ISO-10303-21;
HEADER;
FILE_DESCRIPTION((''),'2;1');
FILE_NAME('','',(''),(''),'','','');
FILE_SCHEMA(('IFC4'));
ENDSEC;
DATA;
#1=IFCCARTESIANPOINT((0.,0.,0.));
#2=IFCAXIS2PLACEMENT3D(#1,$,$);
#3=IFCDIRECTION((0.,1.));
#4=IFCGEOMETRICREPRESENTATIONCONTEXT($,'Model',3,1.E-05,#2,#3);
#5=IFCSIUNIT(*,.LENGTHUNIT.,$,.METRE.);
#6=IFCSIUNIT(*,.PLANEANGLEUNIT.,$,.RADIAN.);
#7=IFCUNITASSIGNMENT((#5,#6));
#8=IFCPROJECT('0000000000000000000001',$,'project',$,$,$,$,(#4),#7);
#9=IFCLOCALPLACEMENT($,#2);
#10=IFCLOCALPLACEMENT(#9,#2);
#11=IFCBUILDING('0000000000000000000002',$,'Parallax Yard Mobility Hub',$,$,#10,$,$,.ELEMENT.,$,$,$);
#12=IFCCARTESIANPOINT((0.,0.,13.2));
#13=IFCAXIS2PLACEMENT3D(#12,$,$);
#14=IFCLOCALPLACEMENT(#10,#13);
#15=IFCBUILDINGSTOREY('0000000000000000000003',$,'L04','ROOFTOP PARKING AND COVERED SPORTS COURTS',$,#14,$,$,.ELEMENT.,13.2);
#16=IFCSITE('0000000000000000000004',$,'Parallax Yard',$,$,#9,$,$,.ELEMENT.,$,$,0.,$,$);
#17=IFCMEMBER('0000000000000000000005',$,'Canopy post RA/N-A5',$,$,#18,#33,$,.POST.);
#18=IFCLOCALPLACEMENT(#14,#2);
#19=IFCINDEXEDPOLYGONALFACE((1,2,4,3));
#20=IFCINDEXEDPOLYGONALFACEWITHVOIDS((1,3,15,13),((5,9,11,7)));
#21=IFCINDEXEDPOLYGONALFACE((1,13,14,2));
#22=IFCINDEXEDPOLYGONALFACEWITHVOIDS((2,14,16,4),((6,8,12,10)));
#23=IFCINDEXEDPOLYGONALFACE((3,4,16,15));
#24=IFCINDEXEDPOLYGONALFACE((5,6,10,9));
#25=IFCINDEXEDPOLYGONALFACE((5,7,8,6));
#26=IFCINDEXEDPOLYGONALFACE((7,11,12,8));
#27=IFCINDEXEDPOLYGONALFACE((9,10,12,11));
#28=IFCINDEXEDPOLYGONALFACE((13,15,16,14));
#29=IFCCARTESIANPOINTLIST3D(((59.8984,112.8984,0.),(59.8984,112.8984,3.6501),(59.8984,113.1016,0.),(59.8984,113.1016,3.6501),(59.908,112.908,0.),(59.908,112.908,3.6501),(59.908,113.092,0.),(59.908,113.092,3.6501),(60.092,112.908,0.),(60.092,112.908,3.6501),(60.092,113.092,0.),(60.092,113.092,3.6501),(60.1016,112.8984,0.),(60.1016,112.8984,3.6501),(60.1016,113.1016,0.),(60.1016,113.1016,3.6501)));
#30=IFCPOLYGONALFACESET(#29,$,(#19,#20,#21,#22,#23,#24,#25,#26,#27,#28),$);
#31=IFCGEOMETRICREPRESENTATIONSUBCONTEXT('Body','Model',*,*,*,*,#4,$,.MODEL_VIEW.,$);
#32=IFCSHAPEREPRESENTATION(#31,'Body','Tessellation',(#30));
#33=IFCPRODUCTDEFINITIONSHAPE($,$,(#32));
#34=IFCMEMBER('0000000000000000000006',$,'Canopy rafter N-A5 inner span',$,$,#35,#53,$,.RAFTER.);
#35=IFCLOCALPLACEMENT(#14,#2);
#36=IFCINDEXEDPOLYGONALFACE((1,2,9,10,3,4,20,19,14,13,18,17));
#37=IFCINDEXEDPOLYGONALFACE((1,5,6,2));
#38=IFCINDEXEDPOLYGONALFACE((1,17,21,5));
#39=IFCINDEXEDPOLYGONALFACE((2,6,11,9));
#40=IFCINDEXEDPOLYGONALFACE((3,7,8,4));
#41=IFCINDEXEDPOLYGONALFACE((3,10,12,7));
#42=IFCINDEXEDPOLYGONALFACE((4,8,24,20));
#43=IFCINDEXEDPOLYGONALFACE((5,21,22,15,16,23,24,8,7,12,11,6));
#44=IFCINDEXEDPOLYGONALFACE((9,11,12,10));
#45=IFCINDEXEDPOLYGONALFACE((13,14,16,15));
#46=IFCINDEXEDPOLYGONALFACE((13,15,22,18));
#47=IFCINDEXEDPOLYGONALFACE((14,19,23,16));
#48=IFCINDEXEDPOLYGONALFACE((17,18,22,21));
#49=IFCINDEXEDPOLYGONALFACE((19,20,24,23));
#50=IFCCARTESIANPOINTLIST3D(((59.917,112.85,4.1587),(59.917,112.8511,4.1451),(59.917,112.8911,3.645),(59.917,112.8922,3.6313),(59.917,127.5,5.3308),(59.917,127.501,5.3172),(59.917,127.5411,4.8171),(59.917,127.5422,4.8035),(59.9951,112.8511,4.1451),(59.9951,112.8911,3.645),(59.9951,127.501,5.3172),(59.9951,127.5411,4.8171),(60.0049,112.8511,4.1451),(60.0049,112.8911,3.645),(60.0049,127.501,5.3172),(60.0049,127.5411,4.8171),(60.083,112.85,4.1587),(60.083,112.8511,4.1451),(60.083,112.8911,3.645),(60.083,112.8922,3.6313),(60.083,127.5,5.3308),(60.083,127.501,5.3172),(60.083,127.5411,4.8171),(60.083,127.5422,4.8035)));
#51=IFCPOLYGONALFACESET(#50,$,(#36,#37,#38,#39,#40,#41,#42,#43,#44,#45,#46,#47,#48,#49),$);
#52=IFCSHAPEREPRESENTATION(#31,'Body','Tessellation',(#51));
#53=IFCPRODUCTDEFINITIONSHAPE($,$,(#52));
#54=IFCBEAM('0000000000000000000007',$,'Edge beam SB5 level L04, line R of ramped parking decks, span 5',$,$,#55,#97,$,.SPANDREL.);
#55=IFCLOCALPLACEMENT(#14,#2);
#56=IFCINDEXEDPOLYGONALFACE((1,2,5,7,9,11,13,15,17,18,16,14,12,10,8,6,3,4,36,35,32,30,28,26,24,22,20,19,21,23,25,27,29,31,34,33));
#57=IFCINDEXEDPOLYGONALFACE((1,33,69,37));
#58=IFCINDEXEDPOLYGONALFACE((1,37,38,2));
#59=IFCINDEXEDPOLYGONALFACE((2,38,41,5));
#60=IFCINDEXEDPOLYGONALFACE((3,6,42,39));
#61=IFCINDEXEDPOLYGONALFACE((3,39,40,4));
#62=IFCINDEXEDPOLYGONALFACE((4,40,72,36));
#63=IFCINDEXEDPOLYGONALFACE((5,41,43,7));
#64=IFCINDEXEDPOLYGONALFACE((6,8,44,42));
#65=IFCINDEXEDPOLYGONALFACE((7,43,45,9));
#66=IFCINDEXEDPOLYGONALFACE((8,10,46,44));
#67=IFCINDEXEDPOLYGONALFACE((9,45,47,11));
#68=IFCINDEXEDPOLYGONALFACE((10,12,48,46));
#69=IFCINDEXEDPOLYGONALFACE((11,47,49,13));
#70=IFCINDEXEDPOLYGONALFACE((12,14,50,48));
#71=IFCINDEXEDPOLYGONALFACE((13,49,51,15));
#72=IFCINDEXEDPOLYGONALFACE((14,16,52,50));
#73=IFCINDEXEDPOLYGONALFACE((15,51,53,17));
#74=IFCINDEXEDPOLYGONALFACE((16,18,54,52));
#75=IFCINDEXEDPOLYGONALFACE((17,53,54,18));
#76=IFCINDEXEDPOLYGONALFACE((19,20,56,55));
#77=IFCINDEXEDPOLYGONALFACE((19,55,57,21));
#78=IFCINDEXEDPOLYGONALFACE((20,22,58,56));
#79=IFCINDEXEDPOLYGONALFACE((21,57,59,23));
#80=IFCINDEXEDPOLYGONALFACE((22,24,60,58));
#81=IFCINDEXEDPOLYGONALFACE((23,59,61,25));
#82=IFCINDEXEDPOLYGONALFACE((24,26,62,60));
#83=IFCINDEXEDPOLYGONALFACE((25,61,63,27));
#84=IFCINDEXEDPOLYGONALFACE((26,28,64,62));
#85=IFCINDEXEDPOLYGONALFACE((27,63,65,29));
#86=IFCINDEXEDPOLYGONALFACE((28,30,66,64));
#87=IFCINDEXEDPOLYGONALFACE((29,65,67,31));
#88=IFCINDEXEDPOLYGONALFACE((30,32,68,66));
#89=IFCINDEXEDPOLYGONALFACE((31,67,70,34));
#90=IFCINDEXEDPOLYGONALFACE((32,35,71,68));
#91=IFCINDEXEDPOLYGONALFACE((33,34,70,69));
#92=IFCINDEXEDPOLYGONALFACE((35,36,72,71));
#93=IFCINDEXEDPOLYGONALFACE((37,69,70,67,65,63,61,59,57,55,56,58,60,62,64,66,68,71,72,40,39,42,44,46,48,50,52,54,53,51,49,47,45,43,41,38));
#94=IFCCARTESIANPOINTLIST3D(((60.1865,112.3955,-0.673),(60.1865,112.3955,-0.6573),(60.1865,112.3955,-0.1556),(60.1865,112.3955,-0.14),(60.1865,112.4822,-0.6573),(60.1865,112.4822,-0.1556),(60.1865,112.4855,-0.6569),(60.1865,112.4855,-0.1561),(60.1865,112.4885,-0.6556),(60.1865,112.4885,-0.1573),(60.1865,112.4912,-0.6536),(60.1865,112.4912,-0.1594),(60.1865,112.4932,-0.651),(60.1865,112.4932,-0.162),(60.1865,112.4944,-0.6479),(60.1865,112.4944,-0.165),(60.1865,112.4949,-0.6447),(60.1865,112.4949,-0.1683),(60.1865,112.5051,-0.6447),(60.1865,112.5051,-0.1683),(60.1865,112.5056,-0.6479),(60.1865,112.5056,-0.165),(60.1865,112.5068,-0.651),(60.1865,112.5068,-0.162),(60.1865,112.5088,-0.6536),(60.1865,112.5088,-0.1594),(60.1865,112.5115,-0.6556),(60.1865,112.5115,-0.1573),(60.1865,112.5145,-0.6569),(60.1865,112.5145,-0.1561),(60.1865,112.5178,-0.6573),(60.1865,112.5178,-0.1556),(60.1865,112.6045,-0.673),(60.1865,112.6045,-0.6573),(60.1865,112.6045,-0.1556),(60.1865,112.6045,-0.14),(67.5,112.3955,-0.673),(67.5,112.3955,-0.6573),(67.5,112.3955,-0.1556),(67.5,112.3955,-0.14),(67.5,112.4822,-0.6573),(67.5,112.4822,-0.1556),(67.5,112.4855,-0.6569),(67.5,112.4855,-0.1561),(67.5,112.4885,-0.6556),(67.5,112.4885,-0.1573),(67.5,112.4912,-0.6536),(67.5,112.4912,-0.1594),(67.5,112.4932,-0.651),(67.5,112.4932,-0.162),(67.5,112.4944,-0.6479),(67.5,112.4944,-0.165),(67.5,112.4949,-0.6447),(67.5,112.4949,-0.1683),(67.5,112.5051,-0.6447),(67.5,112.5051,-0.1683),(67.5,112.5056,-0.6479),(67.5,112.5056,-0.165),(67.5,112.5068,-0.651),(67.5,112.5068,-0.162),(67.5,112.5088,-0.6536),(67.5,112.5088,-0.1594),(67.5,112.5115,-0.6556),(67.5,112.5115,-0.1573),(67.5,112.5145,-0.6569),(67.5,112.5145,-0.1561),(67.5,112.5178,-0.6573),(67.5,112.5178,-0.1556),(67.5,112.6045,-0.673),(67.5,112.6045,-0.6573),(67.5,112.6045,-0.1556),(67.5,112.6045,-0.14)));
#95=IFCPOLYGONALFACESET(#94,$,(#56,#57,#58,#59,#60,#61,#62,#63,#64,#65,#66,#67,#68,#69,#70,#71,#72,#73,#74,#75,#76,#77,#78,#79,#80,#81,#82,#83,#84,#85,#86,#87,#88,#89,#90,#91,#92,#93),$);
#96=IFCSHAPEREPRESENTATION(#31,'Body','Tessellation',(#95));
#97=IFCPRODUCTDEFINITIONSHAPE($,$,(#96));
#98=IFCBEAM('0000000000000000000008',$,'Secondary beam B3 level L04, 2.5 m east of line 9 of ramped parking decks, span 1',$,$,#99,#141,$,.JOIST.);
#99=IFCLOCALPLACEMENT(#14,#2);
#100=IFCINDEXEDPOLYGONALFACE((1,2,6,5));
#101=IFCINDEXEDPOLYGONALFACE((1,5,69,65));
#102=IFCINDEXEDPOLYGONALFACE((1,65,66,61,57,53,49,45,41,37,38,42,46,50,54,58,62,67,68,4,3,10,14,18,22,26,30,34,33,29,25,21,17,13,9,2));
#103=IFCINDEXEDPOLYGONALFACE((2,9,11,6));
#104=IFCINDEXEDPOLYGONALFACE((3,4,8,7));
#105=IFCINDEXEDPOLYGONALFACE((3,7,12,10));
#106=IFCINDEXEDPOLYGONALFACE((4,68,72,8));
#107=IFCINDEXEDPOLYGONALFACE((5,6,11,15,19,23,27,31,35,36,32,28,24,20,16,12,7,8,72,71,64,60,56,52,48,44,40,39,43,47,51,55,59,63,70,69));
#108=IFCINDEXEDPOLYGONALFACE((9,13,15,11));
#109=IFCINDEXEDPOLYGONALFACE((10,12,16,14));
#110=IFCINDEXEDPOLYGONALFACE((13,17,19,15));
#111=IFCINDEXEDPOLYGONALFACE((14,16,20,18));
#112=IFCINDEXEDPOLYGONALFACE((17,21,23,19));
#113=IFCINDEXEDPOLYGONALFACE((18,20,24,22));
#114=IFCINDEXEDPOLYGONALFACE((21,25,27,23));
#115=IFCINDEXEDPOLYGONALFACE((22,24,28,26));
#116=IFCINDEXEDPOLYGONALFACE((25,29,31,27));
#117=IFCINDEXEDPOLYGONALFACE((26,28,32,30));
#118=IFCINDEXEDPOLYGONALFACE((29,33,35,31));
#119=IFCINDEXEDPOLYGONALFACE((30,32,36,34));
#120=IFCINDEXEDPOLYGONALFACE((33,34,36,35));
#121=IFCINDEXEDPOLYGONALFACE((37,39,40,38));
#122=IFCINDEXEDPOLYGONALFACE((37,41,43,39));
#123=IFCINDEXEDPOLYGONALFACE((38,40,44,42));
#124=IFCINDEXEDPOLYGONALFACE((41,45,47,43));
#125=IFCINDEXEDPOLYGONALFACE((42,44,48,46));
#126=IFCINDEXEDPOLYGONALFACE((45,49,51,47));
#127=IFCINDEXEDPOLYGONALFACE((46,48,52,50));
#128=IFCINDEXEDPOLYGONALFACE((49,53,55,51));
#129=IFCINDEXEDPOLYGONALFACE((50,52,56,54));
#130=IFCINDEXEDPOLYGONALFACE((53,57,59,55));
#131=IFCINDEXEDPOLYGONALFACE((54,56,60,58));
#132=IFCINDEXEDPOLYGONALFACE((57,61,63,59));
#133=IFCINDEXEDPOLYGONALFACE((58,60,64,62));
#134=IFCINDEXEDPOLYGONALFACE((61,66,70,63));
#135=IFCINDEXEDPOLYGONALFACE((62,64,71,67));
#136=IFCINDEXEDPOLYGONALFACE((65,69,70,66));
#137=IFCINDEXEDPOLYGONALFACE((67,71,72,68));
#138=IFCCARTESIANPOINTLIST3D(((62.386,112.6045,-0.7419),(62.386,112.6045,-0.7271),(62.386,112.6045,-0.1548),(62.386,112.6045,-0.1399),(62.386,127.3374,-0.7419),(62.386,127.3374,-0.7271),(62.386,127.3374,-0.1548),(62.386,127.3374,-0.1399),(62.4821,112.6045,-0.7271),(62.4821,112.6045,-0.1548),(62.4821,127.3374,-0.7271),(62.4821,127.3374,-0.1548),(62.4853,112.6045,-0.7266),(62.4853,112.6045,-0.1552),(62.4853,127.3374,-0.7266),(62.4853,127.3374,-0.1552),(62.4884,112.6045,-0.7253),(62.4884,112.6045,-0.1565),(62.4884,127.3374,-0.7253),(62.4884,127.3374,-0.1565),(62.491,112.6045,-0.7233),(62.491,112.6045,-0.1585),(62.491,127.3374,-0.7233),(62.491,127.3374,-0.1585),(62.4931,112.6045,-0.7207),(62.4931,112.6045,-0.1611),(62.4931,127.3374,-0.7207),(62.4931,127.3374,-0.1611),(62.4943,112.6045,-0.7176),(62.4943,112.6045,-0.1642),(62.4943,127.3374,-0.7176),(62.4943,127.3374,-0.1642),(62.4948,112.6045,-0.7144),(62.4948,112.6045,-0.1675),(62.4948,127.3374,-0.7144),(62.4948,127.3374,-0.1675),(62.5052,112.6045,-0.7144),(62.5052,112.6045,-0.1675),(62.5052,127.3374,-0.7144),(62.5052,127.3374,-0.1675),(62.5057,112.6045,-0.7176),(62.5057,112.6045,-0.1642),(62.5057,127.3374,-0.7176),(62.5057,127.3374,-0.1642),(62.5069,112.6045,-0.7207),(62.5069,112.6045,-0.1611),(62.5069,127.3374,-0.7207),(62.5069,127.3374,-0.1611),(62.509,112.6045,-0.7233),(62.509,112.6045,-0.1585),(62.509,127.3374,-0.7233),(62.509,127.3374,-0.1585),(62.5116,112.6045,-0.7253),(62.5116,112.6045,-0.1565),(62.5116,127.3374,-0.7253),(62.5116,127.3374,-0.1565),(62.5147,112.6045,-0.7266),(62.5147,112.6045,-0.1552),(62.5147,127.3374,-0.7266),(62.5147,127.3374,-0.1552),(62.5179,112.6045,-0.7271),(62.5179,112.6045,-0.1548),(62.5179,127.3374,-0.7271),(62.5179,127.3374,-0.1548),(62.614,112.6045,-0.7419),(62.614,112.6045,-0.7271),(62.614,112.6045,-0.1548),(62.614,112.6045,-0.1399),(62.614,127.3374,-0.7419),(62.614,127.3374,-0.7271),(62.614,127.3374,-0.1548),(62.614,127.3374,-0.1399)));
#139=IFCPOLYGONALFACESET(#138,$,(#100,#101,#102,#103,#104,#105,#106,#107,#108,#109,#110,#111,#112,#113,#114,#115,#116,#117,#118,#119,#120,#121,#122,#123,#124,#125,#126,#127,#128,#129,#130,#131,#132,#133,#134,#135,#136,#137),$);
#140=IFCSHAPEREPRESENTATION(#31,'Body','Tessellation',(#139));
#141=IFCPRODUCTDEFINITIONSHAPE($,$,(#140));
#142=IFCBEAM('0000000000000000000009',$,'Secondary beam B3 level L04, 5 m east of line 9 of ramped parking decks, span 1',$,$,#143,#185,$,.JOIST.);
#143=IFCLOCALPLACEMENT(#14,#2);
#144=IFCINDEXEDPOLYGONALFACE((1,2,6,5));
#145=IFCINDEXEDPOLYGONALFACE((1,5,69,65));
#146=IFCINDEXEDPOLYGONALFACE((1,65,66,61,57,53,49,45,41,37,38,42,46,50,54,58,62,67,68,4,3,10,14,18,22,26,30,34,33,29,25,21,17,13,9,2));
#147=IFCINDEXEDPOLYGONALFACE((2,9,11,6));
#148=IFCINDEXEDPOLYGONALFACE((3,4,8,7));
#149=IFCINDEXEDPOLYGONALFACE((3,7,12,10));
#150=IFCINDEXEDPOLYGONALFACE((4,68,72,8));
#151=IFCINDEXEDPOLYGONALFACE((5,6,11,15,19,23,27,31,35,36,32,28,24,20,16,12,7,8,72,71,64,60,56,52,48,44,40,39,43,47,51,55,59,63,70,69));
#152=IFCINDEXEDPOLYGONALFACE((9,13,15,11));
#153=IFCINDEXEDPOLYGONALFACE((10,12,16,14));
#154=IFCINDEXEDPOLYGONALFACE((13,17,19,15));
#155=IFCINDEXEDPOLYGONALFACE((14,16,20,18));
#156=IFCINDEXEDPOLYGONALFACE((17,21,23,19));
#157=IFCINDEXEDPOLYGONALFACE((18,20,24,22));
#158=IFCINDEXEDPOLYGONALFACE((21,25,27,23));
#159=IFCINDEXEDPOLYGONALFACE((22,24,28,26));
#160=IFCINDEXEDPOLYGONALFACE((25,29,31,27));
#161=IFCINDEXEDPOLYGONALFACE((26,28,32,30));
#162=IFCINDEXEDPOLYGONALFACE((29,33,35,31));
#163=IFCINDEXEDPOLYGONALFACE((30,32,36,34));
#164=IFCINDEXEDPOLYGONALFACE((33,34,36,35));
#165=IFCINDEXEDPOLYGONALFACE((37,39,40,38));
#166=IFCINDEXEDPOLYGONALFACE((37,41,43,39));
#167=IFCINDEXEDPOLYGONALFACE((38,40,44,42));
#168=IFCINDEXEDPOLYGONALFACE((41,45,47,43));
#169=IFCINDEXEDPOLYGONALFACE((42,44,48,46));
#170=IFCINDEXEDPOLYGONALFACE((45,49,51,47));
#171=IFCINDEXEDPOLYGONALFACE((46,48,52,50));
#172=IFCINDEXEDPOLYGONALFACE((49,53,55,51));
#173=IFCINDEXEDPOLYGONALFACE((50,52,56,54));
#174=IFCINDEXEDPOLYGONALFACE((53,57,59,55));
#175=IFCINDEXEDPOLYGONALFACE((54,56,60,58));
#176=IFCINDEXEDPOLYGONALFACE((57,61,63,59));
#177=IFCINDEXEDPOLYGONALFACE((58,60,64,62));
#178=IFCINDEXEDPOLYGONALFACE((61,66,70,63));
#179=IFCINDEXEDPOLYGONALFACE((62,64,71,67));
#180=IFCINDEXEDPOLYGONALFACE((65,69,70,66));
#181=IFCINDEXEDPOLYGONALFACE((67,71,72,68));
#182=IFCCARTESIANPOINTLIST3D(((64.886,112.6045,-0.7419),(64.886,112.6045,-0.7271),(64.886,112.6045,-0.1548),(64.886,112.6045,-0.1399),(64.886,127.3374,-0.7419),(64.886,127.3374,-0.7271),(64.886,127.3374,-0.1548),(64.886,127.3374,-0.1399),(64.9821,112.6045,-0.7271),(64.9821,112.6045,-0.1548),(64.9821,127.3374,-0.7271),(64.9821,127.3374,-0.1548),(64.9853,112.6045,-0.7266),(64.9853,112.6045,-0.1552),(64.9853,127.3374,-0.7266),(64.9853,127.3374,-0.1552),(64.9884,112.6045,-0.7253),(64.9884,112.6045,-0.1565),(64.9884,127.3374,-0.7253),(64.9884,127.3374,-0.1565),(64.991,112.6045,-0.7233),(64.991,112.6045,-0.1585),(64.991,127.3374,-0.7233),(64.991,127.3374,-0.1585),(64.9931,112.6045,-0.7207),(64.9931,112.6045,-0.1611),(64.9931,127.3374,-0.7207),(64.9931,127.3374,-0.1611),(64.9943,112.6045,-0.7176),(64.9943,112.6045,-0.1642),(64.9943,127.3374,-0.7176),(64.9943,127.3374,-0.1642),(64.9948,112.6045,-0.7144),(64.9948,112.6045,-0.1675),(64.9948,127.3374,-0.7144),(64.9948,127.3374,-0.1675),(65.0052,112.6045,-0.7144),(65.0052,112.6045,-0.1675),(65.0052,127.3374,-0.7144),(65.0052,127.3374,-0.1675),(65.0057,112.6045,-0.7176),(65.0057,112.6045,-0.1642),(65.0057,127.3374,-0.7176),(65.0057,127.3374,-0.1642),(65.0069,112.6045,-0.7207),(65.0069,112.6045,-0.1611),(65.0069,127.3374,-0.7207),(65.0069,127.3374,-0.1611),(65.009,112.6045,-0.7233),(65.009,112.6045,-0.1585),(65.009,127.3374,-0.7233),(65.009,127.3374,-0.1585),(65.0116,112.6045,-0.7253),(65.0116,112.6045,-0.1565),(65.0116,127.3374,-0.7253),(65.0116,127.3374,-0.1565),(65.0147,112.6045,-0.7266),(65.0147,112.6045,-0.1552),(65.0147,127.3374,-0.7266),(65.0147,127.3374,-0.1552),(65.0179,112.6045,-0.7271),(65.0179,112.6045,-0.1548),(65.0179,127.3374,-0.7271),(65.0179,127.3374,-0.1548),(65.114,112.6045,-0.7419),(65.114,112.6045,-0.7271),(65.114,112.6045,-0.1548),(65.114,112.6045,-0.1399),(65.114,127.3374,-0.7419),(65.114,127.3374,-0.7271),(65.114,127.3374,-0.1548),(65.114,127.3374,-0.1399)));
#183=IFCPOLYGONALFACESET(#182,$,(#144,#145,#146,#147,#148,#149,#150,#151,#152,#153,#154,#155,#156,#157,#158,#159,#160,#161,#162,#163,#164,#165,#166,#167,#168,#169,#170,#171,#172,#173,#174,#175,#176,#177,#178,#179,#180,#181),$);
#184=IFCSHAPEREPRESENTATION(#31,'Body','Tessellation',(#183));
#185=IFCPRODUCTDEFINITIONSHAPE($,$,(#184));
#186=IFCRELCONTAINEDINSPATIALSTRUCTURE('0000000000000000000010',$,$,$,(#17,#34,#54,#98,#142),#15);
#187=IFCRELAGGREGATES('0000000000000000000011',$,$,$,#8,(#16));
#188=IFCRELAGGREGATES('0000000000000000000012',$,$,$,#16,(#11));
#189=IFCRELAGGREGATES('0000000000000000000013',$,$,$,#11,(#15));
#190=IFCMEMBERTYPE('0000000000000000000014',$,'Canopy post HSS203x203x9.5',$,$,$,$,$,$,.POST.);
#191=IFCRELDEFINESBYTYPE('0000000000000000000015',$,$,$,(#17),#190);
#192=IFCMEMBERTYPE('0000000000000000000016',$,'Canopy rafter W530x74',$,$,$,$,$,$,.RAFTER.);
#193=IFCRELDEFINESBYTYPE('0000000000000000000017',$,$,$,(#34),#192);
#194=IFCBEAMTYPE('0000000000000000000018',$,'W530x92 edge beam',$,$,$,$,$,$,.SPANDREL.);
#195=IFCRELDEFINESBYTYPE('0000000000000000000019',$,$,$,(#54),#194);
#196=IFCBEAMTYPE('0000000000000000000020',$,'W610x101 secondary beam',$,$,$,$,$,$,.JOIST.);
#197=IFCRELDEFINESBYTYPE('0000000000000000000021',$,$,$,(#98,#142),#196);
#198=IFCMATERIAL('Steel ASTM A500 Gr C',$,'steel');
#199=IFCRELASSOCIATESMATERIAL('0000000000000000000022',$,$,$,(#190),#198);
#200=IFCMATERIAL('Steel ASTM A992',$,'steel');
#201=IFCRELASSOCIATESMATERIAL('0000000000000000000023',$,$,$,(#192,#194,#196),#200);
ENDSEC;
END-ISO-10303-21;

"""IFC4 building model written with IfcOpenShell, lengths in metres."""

from ifc_helpers import new_model, si_unit, direction, frame, origin, origin_2d, place, context, subcontext, project, spatial, hollow_rectangle, i_section, extrude, material, material_profile, profile_set, type_object, element, save


model = new_model("IFC4")

# Units and contexts
model_context = context("Model", 3, precision=1e-05, world=origin(), true_north=direction((0.0, 1.0)))
body_context = subcontext(model_context, "Body", "Model", "MODEL_VIEW")
ifc_project = project(units=[si_unit("LENGTHUNIT", "METRE"), si_unit("PLANEANGLEUNIT", "RADIAN")], contexts=[model_context])

# Site, building, storey
site_placement = place(None, origin())
site = spatial("IfcSite", under=ifc_project, at=site_placement, Name="Parallax Yard", CompositionType="ELEMENT", RefElevation=0.0)
building_placement = place(site_placement, origin())
building = spatial("IfcBuilding", under=site, at=building_placement, Name="Parallax Yard Mobility Hub", CompositionType="ELEMENT")
storey_placement = place(building_placement, frame((0.0, 0.0, 13.2)))
storey = spatial("IfcBuildingStorey", under=building, at=storey_placement, Name="L04", Description="ROOFTOP PARKING AND COVERED SPORTS COURTS", CompositionType="ELEMENT", Elevation=13.2)

# Members
ifc_material_1 = material(Name="Steel ASTM A500 Gr C", Category="steel")
ifc_material_profile_1 = material_profile(ifc_material_1, hollow_rectangle(XDim=0.2031, YDim=0.2031, WallThickness=0.0095, at=origin_2d()), Name="HSS203x203x9.5")
ifc_profile_set_1 = profile_set([ifc_material_profile_1], Name="Steel ASTM A500 Gr C")
member_type_1 = type_object("IfcMemberType", Name="Canopy post HSS203x203x9.5", PredefinedType="POST", material=ifc_profile_set_1)
member_1_placement = place(storey_placement, frame((60.0, 113.0, 0.0), z_axis=(0.0, 0.0, 1.0), x_axis=(1.0, 0.0, 0.0)))
element("IfcMember", 1, at=member_1_placement, inside=storey, type_object=member_type_1, Name="Canopy post RA/N-A5", PredefinedType="POST", context=body_context, shape_type="SweptSolid", body=[
    extrude(hollow_rectangle(XDim=0.2031, YDim=0.2031, WallThickness=0.0095, at=origin_2d()), origin(), (0.0, 0.0, 1.0), 3.6501),
])
ifc_material_2 = material(Name="Steel ASTM A992", Category="steel")
ifc_material_profile_2 = material_profile(ifc_material_2, i_section(OverallWidth=0.166, OverallDepth=0.5291, WebThickness=0.0098, FlangeThickness=0.0137, at=origin_2d()), Name="W530x74")
ifc_profile_set_2 = profile_set([ifc_material_profile_2], Name="Steel ASTM A992")
member_type_2 = type_object("IfcMemberType", Name="Canopy rafter W530x74", PredefinedType="RAFTER", material=ifc_profile_set_2)
member_2_placement = place(storey_placement, frame((60.0, 112.8711, 3.895), z_axis=(0.0, 0.996815, 0.079754), x_axis=(-1.0, 0.0, 0.0)))
element("IfcMember", 2, at=member_2_placement, inside=storey, type_object=member_type_2, Name="Canopy rafter N-A5 inner span", PredefinedType="RAFTER", context=body_context, shape_type="SweptSolid", body=[
    extrude(i_section(OverallWidth=0.166, OverallDepth=0.5291, WebThickness=0.0098, FlangeThickness=0.0137, at=origin_2d()), origin(), (0.0, 0.0, 1.0), 14.6968),
])

# Beams
ifc_material_profile_3 = material_profile(ifc_material_2, i_section(OverallWidth=0.209, OverallDepth=0.533, WebThickness=0.0103, FlangeThickness=0.0156, FilletRadius=0.0127, at=origin_2d()), Name="W530x92")
ifc_profile_set_3 = profile_set([ifc_material_profile_3], Name="Steel ASTM A992")
beam_type_1 = type_object("IfcBeamType", Name="W530x92 edge beam", PredefinedType="SPANDREL", material=ifc_profile_set_3)
beam_1_placement = place(storey_placement, frame((60.1865, 112.5, -0.4065), z_axis=(1.0, 0.0, 0.0), x_axis=(0.0, 1.0, 0.0)))
element("IfcBeam", 3, at=beam_1_placement, inside=storey, type_object=beam_type_1, Name="Edge beam SB5 level L04, line R of ramped parking decks, span 5", PredefinedType="SPANDREL", context=body_context, shape_type="SweptSolid", body=[
    extrude(i_section(OverallWidth=0.209, OverallDepth=0.533, WebThickness=0.0103, FlangeThickness=0.0156, FilletRadius=0.0127, at=origin_2d()), origin(), (0.0, 0.0, 1.0), 7.3135),
])
ifc_material_profile_4 = material_profile(ifc_material_2, i_section(OverallWidth=0.228, OverallDepth=0.6021, WebThickness=0.0105, FlangeThickness=0.0149, FilletRadius=0.0127, at=origin_2d()), Name="W610x101")
ifc_profile_set_4 = profile_set([ifc_material_profile_4], Name="Steel ASTM A992")
beam_type_2 = type_object("IfcBeamType", Name="W610x101 secondary beam", PredefinedType="JOIST", material=ifc_profile_set_4)
for number, where, z_axis, x_axis, name in (
    (4, (62.5, 112.6045, -0.4409), (0.0, 1.0, 0.0), (-1.0, 0.0, 0.0), "Secondary beam B3 level L04, 2.5 m east of line 9 of ramped parking decks, span 1"),
    (5, (65.0, 112.6045, -0.4409), (0.0, 1.0, 0.0), (-1.0, 0.0, 0.0), "Secondary beam B3 level L04, 5 m east of line 9 of ramped parking decks, span 1"),
):
    element("IfcBeam", number, at=place(storey_placement, frame(where, z_axis=z_axis, x_axis=x_axis)), inside=storey, type_object=beam_type_2, Name=name, PredefinedType="JOIST", context=body_context, shape_type="SweptSolid", body=[
        extrude(i_section(OverallWidth=0.228, OverallDepth=0.6021, WebThickness=0.0105, FlangeThickness=0.0149, FilletRadius=0.0127, at=origin_2d()), origin(), (0.0, 0.0, 1.0), 14.7329),
    ])

save(model, "model.ifc")
